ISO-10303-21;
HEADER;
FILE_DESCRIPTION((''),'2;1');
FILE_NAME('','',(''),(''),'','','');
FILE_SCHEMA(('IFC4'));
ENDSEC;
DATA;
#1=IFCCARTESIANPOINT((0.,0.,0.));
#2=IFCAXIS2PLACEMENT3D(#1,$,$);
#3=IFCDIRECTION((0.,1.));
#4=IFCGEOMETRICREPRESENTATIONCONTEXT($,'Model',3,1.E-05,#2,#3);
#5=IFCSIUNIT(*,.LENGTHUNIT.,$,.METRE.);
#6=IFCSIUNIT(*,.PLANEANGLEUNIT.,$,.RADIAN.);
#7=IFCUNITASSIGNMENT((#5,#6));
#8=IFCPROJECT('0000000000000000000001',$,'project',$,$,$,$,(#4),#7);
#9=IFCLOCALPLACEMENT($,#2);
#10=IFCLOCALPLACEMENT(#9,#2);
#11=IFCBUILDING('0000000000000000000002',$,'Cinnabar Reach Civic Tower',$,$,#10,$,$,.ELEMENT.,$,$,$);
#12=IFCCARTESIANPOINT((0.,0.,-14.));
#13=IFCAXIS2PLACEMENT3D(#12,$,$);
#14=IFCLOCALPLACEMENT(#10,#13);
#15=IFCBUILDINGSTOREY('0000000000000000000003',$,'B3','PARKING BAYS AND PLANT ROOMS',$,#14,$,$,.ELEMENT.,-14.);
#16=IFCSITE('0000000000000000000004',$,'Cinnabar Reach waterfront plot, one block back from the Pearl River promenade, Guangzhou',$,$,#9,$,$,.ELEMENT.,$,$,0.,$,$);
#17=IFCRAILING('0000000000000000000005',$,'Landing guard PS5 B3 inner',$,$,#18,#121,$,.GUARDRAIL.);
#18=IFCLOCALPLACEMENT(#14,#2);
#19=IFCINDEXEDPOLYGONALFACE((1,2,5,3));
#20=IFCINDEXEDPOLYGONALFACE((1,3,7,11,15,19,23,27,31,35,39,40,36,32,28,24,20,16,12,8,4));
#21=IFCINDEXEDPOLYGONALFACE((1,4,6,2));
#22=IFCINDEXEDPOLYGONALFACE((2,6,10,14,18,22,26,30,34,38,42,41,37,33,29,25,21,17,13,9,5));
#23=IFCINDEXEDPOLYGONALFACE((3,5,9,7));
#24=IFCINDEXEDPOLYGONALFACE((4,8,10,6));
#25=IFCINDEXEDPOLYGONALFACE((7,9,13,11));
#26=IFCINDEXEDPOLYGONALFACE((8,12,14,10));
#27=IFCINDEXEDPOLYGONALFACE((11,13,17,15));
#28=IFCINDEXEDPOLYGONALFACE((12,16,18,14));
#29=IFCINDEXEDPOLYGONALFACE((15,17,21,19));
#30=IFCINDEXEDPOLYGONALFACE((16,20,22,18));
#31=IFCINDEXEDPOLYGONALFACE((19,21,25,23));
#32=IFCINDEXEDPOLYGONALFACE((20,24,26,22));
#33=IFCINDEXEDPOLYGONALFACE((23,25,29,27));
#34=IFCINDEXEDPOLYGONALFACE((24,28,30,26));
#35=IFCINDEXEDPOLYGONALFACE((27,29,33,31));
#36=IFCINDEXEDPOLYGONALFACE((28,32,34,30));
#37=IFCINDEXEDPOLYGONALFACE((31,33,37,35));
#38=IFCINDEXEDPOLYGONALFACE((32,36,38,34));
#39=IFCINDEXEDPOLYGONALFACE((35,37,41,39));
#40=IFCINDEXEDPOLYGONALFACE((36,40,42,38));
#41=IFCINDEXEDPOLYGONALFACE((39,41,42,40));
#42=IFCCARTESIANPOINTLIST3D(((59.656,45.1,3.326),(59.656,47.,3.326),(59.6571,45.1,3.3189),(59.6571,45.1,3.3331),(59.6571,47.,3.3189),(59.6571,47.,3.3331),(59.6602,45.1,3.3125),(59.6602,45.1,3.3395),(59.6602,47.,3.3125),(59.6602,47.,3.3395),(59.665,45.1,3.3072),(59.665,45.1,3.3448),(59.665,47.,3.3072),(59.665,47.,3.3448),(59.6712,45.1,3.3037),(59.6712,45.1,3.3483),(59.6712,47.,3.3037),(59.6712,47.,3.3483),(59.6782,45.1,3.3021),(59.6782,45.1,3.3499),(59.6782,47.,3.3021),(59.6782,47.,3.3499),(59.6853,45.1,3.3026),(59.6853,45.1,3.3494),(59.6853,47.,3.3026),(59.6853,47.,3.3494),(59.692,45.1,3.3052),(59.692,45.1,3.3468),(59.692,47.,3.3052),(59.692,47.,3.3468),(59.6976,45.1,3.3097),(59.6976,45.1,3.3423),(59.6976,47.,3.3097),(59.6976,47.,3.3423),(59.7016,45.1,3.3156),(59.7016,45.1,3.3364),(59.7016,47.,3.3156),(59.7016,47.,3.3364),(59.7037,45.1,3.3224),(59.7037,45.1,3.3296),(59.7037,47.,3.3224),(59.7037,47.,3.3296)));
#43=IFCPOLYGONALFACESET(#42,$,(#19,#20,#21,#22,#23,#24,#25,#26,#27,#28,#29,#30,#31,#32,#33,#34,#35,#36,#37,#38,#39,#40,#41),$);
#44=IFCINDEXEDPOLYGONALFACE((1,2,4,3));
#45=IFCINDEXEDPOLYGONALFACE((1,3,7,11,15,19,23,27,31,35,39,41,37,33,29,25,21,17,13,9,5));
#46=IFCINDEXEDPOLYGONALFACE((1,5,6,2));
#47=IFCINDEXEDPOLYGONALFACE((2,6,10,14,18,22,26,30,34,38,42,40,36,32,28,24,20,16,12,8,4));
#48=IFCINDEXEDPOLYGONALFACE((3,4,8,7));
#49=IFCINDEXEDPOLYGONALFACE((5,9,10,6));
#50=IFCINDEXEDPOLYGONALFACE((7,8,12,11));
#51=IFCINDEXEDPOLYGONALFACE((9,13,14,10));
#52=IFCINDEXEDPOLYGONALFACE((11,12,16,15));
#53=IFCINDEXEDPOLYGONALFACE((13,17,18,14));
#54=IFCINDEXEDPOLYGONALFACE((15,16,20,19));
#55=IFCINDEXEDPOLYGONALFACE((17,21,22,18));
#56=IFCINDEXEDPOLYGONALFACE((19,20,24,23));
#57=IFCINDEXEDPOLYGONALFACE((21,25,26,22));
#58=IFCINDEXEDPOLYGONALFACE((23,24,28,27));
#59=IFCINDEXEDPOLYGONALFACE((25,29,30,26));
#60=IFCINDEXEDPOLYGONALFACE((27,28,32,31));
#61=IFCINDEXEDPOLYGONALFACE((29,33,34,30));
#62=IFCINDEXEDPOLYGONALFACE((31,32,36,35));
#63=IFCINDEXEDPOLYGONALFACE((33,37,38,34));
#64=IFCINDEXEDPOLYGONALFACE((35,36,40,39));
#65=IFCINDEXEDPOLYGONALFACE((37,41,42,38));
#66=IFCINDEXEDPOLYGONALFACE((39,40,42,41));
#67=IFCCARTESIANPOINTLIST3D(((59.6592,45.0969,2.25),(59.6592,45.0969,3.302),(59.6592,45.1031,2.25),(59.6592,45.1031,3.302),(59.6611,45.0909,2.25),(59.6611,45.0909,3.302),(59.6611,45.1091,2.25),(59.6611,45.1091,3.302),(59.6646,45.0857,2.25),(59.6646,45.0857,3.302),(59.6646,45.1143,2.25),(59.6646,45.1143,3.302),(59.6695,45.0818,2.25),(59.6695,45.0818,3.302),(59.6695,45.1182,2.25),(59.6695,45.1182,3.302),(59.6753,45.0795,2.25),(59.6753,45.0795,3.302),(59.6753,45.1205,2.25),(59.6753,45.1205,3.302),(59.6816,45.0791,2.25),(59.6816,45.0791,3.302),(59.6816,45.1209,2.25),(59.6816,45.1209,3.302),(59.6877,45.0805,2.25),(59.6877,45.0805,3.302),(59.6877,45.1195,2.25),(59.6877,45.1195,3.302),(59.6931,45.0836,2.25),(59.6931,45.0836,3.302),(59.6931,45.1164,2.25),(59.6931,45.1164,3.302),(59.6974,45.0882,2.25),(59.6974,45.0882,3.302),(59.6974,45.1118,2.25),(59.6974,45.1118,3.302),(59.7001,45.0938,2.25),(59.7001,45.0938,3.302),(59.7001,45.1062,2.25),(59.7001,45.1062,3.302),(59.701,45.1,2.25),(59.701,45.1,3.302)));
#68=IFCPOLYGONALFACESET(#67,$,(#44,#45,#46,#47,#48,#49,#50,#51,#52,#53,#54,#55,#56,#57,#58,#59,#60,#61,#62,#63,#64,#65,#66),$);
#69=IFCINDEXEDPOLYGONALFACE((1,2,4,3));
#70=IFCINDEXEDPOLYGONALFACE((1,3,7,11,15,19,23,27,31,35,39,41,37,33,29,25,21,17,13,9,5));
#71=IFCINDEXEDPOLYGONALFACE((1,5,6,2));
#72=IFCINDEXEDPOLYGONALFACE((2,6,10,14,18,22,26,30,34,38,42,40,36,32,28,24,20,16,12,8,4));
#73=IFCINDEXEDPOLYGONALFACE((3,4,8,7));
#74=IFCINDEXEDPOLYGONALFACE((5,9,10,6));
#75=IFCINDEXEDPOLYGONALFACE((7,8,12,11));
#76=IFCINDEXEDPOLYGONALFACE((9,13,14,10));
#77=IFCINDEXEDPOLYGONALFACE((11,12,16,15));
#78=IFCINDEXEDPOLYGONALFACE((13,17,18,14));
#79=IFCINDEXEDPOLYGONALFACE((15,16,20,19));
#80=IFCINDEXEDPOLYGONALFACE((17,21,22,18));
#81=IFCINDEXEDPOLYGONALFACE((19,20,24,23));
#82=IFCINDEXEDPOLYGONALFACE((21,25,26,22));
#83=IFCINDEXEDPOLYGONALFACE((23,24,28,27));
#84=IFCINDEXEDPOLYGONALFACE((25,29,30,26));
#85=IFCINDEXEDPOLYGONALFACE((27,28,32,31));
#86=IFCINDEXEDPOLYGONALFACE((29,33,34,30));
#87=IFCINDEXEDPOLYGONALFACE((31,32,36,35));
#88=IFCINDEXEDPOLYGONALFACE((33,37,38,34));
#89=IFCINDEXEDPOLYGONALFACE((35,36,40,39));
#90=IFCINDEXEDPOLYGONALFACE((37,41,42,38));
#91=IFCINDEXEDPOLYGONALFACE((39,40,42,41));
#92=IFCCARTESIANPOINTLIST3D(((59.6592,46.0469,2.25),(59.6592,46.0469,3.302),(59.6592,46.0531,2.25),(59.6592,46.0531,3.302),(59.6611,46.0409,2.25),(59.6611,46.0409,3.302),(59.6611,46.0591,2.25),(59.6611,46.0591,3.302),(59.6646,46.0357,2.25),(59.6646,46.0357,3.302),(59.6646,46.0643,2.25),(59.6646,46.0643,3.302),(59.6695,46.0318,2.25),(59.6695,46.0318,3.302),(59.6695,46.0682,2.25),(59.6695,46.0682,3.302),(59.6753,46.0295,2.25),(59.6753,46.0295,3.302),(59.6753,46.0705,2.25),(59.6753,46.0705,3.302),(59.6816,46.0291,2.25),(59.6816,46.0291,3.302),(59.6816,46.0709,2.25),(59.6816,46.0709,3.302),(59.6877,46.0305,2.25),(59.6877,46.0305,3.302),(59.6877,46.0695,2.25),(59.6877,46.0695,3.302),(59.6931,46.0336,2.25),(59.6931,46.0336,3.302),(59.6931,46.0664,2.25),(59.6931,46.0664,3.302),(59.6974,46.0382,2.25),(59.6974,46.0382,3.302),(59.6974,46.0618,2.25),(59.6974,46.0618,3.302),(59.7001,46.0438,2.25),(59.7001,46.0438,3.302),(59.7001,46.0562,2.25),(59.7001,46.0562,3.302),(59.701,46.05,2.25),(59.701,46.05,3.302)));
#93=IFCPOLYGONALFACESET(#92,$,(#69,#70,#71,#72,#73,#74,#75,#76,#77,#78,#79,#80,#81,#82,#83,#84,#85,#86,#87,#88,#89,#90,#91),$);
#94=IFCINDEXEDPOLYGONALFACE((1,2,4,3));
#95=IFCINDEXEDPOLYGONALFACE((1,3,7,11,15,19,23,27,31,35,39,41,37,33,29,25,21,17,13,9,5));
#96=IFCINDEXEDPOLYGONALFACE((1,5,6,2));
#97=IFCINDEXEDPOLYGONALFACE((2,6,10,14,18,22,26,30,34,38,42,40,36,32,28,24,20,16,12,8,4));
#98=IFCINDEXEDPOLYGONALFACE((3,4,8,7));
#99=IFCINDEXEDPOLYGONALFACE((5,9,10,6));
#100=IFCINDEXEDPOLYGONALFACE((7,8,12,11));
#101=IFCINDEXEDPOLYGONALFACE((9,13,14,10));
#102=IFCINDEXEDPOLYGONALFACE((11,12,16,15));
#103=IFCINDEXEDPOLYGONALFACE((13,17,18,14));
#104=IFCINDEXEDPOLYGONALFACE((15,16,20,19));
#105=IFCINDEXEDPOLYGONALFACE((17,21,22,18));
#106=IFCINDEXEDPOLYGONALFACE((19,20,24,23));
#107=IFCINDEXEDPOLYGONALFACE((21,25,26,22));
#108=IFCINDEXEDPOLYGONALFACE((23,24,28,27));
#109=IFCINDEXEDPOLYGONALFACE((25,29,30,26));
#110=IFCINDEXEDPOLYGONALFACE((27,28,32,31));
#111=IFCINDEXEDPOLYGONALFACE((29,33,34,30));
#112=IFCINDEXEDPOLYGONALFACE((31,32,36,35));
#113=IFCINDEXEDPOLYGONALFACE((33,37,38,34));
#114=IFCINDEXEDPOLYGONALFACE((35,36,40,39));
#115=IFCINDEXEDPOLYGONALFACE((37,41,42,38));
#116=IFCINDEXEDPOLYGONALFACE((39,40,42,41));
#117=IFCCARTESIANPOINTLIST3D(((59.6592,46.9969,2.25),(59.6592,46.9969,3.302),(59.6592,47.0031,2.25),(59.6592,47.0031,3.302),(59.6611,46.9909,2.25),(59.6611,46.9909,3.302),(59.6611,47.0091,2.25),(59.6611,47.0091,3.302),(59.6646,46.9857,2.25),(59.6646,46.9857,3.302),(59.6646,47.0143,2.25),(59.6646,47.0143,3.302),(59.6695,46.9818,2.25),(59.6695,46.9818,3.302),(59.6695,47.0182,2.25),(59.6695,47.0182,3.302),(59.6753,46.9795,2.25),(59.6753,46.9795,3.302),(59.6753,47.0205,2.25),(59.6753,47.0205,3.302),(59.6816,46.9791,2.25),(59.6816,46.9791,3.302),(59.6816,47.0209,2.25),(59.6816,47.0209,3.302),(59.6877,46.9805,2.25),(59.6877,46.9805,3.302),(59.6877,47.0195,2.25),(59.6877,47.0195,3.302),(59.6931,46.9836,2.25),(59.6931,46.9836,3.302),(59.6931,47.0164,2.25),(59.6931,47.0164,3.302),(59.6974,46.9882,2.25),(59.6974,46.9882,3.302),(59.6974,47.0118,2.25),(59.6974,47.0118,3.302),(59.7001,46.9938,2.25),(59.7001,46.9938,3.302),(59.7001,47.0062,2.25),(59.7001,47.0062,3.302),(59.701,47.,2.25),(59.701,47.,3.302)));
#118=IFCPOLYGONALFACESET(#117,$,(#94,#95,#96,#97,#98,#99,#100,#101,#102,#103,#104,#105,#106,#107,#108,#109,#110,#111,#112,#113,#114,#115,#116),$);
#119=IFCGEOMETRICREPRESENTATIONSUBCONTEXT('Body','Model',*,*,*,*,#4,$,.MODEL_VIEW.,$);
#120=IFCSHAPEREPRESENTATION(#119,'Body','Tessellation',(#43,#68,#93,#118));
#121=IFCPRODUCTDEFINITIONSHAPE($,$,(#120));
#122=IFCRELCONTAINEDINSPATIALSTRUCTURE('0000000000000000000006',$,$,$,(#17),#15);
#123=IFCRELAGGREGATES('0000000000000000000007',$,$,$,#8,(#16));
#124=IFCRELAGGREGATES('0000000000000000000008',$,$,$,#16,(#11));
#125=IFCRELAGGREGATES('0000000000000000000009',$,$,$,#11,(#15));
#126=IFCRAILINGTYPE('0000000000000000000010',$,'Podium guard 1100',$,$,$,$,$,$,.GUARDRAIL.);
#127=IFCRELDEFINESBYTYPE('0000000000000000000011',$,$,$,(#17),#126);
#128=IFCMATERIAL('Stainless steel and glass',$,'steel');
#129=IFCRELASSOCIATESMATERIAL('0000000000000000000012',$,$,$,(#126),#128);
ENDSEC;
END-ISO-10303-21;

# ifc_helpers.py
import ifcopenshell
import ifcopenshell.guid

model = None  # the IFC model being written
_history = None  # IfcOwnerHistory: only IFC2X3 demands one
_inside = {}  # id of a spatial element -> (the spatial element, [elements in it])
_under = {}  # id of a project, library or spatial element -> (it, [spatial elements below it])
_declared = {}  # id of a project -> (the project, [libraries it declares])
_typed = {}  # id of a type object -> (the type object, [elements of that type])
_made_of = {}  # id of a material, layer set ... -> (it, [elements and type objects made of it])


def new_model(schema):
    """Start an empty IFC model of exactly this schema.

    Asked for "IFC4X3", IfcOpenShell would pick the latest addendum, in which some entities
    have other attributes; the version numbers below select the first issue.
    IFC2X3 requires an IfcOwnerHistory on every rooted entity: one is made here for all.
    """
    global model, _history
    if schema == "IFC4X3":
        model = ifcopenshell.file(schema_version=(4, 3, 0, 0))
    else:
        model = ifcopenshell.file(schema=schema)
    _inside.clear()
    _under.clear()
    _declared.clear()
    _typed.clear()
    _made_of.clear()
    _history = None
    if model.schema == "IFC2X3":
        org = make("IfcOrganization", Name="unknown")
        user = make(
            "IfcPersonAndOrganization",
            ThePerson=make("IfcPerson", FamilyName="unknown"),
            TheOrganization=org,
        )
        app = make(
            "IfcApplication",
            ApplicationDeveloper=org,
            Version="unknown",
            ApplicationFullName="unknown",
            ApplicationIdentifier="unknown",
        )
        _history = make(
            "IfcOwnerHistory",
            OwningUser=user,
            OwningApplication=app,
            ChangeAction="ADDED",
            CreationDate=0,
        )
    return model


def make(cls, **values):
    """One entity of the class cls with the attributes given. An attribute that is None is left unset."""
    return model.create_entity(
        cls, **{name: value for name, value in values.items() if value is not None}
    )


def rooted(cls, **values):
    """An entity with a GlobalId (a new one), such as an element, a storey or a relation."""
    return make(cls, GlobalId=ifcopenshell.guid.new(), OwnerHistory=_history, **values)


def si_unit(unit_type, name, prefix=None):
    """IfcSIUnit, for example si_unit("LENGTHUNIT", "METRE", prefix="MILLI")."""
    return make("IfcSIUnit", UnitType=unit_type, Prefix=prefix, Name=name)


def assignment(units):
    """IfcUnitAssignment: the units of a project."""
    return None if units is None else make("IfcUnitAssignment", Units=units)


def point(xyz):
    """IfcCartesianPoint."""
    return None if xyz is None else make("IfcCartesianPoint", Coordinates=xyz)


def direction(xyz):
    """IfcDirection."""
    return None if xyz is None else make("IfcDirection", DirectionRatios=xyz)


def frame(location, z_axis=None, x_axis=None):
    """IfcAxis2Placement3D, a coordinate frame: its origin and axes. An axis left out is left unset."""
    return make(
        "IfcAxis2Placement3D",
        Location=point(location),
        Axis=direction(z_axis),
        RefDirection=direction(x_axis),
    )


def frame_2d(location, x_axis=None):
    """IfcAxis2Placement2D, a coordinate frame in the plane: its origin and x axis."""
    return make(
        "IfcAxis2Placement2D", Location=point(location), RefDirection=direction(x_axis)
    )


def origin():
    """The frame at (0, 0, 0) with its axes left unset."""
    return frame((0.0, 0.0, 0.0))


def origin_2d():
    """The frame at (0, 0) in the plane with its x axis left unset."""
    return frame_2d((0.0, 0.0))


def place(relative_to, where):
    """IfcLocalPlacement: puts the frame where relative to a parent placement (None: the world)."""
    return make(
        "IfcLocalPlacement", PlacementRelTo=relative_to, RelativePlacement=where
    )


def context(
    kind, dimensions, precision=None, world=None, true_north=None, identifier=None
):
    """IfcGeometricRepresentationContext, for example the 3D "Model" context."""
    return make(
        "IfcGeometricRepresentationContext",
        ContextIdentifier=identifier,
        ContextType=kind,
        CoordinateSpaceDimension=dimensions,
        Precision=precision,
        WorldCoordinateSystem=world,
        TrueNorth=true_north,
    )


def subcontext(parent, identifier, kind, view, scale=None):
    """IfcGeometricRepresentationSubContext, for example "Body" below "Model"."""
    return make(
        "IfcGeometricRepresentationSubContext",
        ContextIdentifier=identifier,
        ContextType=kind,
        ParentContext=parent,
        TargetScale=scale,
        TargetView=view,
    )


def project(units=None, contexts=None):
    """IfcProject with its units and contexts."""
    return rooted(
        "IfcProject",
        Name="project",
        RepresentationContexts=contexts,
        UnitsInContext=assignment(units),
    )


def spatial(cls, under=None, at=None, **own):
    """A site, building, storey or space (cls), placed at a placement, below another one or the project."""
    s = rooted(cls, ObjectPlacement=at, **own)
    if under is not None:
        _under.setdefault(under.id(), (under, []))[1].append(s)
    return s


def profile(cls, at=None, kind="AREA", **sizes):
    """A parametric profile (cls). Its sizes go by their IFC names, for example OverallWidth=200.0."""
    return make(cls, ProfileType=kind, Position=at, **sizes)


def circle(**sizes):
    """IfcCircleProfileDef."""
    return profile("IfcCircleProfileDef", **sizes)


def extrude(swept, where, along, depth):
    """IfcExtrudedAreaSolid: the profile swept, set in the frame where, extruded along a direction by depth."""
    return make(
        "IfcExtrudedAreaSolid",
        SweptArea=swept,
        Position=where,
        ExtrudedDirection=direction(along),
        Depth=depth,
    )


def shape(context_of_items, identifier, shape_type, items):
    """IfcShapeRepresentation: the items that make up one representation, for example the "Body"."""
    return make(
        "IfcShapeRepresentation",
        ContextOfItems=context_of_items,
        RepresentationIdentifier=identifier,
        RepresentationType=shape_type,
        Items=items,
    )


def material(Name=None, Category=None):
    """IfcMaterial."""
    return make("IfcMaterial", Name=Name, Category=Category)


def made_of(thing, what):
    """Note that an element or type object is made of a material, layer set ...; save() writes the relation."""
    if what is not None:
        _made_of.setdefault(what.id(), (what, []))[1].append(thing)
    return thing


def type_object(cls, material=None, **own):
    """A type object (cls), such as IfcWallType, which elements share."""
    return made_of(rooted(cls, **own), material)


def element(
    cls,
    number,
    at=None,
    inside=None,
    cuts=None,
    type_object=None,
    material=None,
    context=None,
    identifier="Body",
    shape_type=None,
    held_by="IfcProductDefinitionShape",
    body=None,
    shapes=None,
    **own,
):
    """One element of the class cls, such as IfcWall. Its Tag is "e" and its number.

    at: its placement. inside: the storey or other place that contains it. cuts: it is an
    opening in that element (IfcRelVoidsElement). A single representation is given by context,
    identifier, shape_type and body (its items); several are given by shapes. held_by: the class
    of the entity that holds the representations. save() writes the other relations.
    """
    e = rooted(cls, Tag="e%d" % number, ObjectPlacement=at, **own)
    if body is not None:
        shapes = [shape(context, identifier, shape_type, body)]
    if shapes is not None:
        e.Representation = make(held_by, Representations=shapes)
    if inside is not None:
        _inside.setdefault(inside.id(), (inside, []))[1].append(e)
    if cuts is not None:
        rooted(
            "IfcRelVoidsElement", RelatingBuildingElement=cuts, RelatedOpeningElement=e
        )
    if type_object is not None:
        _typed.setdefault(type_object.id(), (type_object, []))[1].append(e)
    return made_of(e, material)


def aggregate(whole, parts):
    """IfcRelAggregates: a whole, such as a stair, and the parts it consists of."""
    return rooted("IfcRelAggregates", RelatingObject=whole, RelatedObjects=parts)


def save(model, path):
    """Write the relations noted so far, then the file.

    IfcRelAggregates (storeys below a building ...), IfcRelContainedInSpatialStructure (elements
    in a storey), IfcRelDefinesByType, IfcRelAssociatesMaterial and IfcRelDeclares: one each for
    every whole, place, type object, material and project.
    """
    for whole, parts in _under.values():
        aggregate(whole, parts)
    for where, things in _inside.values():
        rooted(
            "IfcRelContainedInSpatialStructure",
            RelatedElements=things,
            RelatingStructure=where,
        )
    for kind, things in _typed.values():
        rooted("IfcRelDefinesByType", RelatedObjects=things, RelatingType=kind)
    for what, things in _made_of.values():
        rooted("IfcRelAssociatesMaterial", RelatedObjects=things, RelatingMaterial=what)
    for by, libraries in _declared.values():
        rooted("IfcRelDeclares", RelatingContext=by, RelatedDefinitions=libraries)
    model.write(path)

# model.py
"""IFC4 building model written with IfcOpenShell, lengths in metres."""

from ifc_helpers import new_model, si_unit, direction, frame, origin, origin_2d, place, context, subcontext, project, spatial, circle, extrude, material, type_object, element, save


model = new_model("IFC4")

# Units and contexts
model_context = context("Model", 3, precision=1e-05, world=origin(), true_north=direction((0.0, 1.0)))
body_context = subcontext(model_context, "Body", "Model", "MODEL_VIEW")
ifc_project = project(units=[si_unit("LENGTHUNIT", "METRE"), si_unit("PLANEANGLEUNIT", "RADIAN")], contexts=[model_context])

# Site, building, storey
site_placement = place(None, origin())
site = spatial("IfcSite", under=ifc_project, at=site_placement, Name="Cinnabar Reach waterfront plot, one block back from the Pearl River promenade, Guangzhou", CompositionType="ELEMENT", RefElevation=0.0)
building_placement = place(site_placement, origin())
building = spatial("IfcBuilding", under=site, at=building_placement, Name="Cinnabar Reach Civic Tower", CompositionType="ELEMENT")
storey_placement = place(building_placement, frame((0.0, 0.0, -14.0)))
storey = spatial("IfcBuildingStorey", under=building, at=storey_placement, Name="B3", Description="PARKING BAYS AND PLANT ROOMS", CompositionType="ELEMENT", Elevation=-14.0)

# Railing
ifc_material_1 = material(Name="Stainless steel and glass", Category="steel")
railing_type = type_object("IfcRailingType", Name="Podium guard 1100", PredefinedType="GUARDRAIL", material=ifc_material_1)
railing_1_placement = place(storey_placement, frame((59.68, 45.1, 2.25)))
element("IfcRailing", 1, at=railing_1_placement, inside=storey, type_object=railing_type, Name="Landing guard PS5 B3 inner", PredefinedType="GUARDRAIL", context=body_context, shape_type="SweptSolid", body=[
    extrude(circle(Radius=0.024, at=origin_2d()), frame((0.0, 0.0, 1.076), z_axis=(0.0, 1.0, 0.0), x_axis=(-1.0, 0.0, 0.0)), (0.0, 0.0, 1.0), 1.9),
    extrude(circle(Radius=0.021, at=origin_2d()), origin(), (0.0, 0.0, 1.0), 1.052),
    extrude(circle(Radius=0.021, at=origin_2d()), frame((0.0, 0.95, 0.0)), (0.0, 0.0, 1.0), 1.052),
    extrude(circle(Radius=0.021, at=origin_2d()), frame((0.0, 1.9, 0.0)), (0.0, 0.0, 1.0), 1.052),
])

save(model, "model.ifc")
